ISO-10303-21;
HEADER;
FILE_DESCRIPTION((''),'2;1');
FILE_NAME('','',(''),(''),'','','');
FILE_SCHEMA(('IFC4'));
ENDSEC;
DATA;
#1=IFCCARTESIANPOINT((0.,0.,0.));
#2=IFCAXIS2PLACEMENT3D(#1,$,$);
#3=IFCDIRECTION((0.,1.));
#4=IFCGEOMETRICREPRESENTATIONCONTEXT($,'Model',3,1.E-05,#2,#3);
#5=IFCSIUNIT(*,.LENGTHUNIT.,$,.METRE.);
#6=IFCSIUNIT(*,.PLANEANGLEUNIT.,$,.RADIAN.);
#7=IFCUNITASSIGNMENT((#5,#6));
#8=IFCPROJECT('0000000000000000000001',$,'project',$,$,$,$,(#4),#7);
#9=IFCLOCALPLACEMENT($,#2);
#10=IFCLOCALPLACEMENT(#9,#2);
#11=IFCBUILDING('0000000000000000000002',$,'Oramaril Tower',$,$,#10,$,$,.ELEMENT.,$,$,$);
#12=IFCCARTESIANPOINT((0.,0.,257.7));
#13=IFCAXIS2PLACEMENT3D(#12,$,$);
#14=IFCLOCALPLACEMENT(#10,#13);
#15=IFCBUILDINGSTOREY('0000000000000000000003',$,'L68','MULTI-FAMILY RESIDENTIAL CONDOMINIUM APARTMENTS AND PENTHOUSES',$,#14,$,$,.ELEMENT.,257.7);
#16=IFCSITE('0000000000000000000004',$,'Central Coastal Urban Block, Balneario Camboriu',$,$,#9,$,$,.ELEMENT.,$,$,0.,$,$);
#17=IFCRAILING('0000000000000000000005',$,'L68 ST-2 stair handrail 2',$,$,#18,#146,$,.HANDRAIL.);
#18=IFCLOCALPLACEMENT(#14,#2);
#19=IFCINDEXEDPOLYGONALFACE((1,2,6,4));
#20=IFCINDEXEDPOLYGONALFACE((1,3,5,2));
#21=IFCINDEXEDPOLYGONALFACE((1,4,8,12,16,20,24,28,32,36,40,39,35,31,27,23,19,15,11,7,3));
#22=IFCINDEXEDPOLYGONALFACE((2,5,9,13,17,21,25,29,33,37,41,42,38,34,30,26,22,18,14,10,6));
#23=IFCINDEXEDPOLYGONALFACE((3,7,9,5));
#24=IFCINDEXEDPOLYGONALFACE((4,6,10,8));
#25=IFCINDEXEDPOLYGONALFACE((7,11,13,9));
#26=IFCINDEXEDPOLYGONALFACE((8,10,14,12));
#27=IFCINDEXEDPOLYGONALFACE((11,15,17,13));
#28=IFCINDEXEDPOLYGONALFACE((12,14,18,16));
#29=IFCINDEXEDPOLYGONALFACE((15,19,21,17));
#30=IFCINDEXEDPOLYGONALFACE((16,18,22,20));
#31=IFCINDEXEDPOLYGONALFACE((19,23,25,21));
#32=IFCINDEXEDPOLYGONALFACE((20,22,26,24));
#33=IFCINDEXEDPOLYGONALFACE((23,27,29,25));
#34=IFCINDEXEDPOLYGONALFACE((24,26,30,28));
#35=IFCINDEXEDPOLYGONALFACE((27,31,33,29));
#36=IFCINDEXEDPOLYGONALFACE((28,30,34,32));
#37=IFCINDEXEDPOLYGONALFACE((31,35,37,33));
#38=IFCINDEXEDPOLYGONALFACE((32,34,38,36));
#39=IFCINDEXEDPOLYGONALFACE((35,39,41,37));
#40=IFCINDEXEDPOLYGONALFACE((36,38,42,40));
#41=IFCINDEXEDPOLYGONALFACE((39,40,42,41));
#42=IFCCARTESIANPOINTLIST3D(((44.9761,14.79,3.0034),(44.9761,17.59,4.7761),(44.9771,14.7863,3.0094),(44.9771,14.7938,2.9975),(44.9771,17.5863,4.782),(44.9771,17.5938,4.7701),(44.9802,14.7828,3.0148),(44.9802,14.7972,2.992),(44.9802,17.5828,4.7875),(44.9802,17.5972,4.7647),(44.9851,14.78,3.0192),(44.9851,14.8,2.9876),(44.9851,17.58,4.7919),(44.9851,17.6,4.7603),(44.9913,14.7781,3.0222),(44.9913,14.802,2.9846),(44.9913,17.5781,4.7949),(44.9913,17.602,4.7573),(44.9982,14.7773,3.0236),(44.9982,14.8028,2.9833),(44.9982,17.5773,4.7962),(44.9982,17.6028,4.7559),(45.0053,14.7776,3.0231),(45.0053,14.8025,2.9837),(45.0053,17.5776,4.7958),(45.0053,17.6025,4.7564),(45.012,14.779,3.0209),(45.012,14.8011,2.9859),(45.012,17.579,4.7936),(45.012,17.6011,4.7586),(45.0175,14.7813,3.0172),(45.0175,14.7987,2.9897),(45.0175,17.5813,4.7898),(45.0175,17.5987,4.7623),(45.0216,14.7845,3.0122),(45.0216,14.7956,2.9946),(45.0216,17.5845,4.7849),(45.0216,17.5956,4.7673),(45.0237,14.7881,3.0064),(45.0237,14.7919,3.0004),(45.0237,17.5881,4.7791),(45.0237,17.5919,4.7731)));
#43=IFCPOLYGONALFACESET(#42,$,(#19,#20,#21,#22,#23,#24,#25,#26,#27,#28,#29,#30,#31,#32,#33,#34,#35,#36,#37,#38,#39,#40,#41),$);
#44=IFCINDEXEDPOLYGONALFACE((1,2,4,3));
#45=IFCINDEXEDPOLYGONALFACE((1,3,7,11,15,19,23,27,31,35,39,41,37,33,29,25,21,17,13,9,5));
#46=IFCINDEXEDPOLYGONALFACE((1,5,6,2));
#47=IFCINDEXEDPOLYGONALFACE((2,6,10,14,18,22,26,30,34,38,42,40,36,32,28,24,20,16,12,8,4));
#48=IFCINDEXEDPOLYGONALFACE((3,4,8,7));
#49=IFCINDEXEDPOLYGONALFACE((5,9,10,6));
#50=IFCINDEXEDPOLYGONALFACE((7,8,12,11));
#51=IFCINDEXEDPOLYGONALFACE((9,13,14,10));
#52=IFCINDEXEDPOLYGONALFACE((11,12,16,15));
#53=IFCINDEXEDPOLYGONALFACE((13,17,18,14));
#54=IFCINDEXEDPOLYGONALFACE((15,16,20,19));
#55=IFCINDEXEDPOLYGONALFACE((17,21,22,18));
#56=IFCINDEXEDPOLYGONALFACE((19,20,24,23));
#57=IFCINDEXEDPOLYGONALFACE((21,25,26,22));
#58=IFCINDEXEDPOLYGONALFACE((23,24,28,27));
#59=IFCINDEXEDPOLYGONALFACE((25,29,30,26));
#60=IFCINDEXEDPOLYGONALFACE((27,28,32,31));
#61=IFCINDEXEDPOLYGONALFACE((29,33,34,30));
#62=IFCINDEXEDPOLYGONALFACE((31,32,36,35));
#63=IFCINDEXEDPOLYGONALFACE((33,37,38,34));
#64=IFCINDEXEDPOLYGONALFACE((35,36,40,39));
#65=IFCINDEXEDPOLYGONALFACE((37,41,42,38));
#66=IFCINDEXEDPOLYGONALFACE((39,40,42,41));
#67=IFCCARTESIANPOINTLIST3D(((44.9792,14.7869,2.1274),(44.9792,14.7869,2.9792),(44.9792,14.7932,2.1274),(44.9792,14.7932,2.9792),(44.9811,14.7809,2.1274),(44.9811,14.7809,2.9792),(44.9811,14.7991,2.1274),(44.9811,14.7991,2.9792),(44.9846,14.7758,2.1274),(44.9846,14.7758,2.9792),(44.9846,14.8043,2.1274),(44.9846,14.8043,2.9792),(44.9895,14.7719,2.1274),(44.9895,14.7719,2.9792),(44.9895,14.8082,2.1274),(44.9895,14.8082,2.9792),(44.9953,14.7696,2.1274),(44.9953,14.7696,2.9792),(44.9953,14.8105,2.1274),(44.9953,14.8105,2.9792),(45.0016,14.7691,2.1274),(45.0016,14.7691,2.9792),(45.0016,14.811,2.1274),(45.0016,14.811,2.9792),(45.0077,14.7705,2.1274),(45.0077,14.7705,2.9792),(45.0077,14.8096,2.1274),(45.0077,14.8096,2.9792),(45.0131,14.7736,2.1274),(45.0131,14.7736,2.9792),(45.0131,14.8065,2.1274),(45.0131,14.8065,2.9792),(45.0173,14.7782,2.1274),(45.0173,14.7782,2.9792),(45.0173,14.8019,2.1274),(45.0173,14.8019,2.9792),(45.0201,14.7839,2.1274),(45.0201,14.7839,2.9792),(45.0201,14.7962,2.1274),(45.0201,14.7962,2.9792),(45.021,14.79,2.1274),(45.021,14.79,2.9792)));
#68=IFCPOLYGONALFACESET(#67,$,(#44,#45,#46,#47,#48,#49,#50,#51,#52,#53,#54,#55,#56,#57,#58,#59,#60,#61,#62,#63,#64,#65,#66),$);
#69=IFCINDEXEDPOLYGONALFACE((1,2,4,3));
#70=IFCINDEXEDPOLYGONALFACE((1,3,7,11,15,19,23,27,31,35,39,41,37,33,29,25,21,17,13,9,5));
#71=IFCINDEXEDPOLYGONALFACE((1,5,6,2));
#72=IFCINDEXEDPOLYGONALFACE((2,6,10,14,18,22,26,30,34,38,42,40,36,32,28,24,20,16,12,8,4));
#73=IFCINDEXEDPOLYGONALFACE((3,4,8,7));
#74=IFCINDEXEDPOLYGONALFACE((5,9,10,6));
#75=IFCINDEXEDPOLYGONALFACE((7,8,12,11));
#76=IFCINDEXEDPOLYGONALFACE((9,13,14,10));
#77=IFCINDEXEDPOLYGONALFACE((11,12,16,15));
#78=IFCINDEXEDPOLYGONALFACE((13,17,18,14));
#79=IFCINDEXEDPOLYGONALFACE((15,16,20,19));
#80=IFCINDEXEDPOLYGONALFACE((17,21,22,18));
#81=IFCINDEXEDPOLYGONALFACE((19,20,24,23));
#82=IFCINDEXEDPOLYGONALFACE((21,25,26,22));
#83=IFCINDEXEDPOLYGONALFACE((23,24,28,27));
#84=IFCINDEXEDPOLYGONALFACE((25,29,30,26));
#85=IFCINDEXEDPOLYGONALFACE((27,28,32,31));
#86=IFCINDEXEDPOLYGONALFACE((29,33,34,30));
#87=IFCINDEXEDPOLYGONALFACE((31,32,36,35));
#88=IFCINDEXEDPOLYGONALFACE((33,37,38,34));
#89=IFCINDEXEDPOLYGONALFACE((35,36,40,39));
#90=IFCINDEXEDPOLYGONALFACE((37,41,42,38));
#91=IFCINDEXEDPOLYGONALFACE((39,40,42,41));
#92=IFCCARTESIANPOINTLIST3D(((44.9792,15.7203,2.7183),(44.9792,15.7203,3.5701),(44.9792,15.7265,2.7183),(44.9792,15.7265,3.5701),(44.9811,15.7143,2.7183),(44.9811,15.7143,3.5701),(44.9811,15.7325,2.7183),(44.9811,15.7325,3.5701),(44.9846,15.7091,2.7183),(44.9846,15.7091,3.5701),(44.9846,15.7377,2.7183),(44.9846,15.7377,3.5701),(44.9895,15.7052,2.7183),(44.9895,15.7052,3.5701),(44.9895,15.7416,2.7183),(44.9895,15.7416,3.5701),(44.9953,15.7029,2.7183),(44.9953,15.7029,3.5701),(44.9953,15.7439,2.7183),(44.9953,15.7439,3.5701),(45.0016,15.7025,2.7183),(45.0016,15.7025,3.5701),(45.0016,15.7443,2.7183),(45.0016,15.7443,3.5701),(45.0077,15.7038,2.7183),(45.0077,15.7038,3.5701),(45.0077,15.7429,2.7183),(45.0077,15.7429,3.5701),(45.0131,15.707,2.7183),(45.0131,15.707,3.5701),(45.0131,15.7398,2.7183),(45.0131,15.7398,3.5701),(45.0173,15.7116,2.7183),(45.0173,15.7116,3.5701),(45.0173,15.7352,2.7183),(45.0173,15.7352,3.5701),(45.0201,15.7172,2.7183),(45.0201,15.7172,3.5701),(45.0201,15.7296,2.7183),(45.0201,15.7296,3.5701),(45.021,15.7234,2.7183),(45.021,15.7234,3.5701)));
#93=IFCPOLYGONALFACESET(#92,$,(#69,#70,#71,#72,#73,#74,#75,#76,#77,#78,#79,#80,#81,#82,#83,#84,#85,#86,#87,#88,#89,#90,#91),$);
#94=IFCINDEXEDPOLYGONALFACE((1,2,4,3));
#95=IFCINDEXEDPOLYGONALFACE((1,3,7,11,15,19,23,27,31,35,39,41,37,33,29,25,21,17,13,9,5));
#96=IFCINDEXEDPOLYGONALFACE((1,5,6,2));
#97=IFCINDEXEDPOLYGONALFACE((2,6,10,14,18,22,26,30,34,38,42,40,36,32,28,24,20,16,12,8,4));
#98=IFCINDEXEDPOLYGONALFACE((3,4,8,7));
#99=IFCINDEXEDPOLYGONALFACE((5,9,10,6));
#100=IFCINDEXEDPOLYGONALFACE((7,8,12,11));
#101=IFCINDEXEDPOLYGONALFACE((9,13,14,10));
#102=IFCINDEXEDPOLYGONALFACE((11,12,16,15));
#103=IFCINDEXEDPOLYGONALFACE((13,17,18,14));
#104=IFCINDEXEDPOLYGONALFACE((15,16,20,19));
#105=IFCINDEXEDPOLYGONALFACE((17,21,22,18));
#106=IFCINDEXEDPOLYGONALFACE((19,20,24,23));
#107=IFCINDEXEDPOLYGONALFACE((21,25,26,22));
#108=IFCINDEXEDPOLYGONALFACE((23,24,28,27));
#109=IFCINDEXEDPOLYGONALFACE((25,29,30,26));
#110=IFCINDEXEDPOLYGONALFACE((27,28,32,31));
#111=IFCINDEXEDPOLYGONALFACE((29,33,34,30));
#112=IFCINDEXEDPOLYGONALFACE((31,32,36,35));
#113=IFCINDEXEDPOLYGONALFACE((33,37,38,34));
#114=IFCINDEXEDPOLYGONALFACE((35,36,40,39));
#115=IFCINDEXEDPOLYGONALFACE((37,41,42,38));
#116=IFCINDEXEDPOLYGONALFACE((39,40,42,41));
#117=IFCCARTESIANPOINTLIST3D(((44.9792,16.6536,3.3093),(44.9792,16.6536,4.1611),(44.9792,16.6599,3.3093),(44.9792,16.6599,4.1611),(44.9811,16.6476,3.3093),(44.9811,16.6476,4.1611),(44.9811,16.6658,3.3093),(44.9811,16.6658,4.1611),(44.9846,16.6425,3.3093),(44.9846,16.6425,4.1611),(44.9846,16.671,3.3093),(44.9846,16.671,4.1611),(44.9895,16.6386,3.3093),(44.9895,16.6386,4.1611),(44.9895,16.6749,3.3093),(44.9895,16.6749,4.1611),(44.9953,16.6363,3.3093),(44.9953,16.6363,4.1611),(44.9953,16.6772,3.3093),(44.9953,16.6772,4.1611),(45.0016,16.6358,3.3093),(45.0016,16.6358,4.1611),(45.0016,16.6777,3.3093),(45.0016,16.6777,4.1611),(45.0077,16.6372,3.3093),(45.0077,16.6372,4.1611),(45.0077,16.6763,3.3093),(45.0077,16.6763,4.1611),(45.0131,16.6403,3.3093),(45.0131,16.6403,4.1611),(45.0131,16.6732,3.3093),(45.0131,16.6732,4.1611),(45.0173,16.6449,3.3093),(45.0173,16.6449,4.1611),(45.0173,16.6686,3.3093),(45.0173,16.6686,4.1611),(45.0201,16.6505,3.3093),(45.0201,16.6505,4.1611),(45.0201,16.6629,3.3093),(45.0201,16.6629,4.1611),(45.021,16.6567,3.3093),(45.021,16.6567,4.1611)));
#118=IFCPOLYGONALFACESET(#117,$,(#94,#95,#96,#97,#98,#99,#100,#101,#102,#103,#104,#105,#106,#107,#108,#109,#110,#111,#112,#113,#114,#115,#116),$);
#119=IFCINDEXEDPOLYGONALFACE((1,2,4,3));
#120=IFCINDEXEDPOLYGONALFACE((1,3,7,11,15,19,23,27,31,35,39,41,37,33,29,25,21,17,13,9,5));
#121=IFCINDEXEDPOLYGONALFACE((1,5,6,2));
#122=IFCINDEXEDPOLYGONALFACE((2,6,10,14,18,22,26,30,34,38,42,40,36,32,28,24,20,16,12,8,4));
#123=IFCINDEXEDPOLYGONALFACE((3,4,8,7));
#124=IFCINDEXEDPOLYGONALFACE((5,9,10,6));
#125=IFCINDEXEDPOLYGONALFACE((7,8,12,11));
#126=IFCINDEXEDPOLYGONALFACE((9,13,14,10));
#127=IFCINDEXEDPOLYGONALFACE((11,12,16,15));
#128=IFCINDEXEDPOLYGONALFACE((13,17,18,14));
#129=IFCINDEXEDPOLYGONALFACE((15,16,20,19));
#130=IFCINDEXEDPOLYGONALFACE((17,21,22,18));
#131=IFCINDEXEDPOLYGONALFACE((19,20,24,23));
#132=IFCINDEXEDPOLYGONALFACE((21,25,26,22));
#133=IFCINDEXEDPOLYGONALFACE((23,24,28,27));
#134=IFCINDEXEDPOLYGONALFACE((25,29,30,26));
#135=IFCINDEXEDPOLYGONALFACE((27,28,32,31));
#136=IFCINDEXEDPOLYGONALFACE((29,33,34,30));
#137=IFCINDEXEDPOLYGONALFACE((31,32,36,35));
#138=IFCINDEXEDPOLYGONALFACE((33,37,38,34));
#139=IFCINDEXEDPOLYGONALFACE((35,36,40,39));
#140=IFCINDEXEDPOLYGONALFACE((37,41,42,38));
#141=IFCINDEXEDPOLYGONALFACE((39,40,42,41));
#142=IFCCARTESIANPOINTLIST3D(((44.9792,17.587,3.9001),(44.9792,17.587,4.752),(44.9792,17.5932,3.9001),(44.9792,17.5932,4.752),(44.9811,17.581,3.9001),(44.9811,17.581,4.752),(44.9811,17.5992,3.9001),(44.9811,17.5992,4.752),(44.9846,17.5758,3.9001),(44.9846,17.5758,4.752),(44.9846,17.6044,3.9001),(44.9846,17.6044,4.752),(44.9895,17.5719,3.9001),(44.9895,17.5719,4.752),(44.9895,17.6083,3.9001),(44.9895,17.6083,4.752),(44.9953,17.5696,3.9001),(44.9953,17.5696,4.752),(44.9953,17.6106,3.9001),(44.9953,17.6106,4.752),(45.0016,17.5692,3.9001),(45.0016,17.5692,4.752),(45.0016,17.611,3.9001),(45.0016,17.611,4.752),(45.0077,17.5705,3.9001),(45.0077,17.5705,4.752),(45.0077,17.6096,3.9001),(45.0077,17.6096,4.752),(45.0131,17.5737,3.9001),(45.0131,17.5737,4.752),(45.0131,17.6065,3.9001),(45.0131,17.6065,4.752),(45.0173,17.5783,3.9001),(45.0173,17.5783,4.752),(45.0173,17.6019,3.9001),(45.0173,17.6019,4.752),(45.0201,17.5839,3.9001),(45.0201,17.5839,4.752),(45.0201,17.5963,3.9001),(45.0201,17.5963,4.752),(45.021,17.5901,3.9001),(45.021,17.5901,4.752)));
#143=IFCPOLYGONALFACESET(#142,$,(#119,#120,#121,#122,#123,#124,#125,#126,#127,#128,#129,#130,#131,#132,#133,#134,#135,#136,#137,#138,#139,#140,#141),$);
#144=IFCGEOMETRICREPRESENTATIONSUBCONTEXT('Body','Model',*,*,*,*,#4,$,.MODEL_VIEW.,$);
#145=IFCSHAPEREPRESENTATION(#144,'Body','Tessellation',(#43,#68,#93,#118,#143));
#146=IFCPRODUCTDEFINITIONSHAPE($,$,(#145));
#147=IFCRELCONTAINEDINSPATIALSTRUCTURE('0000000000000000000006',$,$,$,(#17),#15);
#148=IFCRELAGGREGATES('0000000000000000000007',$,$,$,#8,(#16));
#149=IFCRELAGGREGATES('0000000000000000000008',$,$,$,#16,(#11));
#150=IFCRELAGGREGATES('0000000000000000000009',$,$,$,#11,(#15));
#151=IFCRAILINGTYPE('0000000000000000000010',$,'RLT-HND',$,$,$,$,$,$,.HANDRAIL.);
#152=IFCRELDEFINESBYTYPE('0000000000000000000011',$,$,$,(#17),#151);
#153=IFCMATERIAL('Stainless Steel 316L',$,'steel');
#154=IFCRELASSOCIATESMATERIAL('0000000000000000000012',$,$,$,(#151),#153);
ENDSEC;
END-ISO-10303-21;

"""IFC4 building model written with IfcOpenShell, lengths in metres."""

from ifc_helpers import new_model, si_unit, direction, frame, origin, origin_2d, place, context, subcontext, project, spatial, circle, extrude, material, type_object, element, save


model = new_model("IFC4")

# Units and contexts
model_context = context("Model", 3, precision=1e-05, world=origin(), true_north=direction((0.0, 1.0)))
body_context = subcontext(model_context, "Body", "Model", "MODEL_VIEW")
ifc_project = project(units=[si_unit("LENGTHUNIT", "METRE"), si_unit("PLANEANGLEUNIT", "RADIAN")], contexts=[model_context])

# Site, building, storey
site_placement = place(None, origin())
site = spatial("IfcSite", under=ifc_project, at=site_placement, Name="Central Coastal Urban Block, Balneario Camboriu", CompositionType="ELEMENT", RefElevation=0.0)
building_placement = place(site_placement, origin())
building = spatial("IfcBuilding", under=site, at=building_placement, Name="Oramaril Tower", CompositionType="ELEMENT")
storey_placement = place(building_placement, frame((0.0, 0.0, 257.7)))
storey = spatial("IfcBuildingStorey", under=building, at=storey_placement, Name="L68", Description="MULTI-FAMILY RESIDENTIAL CONDOMINIUM APARTMENTS AND PENTHOUSES", CompositionType="ELEMENT", Elevation=257.7)

# Railing
ifc_material_1 = material(Name="Stainless Steel 316L", Category="steel")
railing_type_1 = type_object("IfcRailingType", Name="RLT-HND", PredefinedType="HANDRAIL", material=ifc_material_1)
railing_1_placement = place(storey_placement, frame((45.0, 14.79, 2.1274)))
element("IfcRailing", 1, at=railing_1_placement, inside=storey, type_object=railing_type_1, Name="L68 ST-2 stair handrail 2", PredefinedType="HANDRAIL", context=body_context, shape_type="SweptSolid", body=[
    extrude(circle(Radius=0.0239, at=origin_2d()), frame((0.0, 0.0, 0.876), z_axis=(0.0, 0.844909, 0.53491), x_axis=(-1.0, 0.0, 0.0)), (0.0, 0.0, 1.0), 3.314),
    extrude(circle(Radius=0.021, at=origin_2d()), origin(), (0.0, 0.0, 1.0), 0.8518),
    extrude(circle(Radius=0.021, at=origin_2d()), frame((0.0, 0.9333, 0.5908)), (0.0, 0.0, 1.0), 0.8518),
    extrude(circle(Radius=0.021, at=origin_2d()), frame((0.0, 1.8667, 1.1819)), (0.0, 0.0, 1.0), 0.8518),
    extrude(circle(Radius=0.021, at=origin_2d()), frame((0.0, 2.8, 1.7727)), (0.0, 0.0, 1.0), 0.8518),
])

save(model, "model.ifc")
